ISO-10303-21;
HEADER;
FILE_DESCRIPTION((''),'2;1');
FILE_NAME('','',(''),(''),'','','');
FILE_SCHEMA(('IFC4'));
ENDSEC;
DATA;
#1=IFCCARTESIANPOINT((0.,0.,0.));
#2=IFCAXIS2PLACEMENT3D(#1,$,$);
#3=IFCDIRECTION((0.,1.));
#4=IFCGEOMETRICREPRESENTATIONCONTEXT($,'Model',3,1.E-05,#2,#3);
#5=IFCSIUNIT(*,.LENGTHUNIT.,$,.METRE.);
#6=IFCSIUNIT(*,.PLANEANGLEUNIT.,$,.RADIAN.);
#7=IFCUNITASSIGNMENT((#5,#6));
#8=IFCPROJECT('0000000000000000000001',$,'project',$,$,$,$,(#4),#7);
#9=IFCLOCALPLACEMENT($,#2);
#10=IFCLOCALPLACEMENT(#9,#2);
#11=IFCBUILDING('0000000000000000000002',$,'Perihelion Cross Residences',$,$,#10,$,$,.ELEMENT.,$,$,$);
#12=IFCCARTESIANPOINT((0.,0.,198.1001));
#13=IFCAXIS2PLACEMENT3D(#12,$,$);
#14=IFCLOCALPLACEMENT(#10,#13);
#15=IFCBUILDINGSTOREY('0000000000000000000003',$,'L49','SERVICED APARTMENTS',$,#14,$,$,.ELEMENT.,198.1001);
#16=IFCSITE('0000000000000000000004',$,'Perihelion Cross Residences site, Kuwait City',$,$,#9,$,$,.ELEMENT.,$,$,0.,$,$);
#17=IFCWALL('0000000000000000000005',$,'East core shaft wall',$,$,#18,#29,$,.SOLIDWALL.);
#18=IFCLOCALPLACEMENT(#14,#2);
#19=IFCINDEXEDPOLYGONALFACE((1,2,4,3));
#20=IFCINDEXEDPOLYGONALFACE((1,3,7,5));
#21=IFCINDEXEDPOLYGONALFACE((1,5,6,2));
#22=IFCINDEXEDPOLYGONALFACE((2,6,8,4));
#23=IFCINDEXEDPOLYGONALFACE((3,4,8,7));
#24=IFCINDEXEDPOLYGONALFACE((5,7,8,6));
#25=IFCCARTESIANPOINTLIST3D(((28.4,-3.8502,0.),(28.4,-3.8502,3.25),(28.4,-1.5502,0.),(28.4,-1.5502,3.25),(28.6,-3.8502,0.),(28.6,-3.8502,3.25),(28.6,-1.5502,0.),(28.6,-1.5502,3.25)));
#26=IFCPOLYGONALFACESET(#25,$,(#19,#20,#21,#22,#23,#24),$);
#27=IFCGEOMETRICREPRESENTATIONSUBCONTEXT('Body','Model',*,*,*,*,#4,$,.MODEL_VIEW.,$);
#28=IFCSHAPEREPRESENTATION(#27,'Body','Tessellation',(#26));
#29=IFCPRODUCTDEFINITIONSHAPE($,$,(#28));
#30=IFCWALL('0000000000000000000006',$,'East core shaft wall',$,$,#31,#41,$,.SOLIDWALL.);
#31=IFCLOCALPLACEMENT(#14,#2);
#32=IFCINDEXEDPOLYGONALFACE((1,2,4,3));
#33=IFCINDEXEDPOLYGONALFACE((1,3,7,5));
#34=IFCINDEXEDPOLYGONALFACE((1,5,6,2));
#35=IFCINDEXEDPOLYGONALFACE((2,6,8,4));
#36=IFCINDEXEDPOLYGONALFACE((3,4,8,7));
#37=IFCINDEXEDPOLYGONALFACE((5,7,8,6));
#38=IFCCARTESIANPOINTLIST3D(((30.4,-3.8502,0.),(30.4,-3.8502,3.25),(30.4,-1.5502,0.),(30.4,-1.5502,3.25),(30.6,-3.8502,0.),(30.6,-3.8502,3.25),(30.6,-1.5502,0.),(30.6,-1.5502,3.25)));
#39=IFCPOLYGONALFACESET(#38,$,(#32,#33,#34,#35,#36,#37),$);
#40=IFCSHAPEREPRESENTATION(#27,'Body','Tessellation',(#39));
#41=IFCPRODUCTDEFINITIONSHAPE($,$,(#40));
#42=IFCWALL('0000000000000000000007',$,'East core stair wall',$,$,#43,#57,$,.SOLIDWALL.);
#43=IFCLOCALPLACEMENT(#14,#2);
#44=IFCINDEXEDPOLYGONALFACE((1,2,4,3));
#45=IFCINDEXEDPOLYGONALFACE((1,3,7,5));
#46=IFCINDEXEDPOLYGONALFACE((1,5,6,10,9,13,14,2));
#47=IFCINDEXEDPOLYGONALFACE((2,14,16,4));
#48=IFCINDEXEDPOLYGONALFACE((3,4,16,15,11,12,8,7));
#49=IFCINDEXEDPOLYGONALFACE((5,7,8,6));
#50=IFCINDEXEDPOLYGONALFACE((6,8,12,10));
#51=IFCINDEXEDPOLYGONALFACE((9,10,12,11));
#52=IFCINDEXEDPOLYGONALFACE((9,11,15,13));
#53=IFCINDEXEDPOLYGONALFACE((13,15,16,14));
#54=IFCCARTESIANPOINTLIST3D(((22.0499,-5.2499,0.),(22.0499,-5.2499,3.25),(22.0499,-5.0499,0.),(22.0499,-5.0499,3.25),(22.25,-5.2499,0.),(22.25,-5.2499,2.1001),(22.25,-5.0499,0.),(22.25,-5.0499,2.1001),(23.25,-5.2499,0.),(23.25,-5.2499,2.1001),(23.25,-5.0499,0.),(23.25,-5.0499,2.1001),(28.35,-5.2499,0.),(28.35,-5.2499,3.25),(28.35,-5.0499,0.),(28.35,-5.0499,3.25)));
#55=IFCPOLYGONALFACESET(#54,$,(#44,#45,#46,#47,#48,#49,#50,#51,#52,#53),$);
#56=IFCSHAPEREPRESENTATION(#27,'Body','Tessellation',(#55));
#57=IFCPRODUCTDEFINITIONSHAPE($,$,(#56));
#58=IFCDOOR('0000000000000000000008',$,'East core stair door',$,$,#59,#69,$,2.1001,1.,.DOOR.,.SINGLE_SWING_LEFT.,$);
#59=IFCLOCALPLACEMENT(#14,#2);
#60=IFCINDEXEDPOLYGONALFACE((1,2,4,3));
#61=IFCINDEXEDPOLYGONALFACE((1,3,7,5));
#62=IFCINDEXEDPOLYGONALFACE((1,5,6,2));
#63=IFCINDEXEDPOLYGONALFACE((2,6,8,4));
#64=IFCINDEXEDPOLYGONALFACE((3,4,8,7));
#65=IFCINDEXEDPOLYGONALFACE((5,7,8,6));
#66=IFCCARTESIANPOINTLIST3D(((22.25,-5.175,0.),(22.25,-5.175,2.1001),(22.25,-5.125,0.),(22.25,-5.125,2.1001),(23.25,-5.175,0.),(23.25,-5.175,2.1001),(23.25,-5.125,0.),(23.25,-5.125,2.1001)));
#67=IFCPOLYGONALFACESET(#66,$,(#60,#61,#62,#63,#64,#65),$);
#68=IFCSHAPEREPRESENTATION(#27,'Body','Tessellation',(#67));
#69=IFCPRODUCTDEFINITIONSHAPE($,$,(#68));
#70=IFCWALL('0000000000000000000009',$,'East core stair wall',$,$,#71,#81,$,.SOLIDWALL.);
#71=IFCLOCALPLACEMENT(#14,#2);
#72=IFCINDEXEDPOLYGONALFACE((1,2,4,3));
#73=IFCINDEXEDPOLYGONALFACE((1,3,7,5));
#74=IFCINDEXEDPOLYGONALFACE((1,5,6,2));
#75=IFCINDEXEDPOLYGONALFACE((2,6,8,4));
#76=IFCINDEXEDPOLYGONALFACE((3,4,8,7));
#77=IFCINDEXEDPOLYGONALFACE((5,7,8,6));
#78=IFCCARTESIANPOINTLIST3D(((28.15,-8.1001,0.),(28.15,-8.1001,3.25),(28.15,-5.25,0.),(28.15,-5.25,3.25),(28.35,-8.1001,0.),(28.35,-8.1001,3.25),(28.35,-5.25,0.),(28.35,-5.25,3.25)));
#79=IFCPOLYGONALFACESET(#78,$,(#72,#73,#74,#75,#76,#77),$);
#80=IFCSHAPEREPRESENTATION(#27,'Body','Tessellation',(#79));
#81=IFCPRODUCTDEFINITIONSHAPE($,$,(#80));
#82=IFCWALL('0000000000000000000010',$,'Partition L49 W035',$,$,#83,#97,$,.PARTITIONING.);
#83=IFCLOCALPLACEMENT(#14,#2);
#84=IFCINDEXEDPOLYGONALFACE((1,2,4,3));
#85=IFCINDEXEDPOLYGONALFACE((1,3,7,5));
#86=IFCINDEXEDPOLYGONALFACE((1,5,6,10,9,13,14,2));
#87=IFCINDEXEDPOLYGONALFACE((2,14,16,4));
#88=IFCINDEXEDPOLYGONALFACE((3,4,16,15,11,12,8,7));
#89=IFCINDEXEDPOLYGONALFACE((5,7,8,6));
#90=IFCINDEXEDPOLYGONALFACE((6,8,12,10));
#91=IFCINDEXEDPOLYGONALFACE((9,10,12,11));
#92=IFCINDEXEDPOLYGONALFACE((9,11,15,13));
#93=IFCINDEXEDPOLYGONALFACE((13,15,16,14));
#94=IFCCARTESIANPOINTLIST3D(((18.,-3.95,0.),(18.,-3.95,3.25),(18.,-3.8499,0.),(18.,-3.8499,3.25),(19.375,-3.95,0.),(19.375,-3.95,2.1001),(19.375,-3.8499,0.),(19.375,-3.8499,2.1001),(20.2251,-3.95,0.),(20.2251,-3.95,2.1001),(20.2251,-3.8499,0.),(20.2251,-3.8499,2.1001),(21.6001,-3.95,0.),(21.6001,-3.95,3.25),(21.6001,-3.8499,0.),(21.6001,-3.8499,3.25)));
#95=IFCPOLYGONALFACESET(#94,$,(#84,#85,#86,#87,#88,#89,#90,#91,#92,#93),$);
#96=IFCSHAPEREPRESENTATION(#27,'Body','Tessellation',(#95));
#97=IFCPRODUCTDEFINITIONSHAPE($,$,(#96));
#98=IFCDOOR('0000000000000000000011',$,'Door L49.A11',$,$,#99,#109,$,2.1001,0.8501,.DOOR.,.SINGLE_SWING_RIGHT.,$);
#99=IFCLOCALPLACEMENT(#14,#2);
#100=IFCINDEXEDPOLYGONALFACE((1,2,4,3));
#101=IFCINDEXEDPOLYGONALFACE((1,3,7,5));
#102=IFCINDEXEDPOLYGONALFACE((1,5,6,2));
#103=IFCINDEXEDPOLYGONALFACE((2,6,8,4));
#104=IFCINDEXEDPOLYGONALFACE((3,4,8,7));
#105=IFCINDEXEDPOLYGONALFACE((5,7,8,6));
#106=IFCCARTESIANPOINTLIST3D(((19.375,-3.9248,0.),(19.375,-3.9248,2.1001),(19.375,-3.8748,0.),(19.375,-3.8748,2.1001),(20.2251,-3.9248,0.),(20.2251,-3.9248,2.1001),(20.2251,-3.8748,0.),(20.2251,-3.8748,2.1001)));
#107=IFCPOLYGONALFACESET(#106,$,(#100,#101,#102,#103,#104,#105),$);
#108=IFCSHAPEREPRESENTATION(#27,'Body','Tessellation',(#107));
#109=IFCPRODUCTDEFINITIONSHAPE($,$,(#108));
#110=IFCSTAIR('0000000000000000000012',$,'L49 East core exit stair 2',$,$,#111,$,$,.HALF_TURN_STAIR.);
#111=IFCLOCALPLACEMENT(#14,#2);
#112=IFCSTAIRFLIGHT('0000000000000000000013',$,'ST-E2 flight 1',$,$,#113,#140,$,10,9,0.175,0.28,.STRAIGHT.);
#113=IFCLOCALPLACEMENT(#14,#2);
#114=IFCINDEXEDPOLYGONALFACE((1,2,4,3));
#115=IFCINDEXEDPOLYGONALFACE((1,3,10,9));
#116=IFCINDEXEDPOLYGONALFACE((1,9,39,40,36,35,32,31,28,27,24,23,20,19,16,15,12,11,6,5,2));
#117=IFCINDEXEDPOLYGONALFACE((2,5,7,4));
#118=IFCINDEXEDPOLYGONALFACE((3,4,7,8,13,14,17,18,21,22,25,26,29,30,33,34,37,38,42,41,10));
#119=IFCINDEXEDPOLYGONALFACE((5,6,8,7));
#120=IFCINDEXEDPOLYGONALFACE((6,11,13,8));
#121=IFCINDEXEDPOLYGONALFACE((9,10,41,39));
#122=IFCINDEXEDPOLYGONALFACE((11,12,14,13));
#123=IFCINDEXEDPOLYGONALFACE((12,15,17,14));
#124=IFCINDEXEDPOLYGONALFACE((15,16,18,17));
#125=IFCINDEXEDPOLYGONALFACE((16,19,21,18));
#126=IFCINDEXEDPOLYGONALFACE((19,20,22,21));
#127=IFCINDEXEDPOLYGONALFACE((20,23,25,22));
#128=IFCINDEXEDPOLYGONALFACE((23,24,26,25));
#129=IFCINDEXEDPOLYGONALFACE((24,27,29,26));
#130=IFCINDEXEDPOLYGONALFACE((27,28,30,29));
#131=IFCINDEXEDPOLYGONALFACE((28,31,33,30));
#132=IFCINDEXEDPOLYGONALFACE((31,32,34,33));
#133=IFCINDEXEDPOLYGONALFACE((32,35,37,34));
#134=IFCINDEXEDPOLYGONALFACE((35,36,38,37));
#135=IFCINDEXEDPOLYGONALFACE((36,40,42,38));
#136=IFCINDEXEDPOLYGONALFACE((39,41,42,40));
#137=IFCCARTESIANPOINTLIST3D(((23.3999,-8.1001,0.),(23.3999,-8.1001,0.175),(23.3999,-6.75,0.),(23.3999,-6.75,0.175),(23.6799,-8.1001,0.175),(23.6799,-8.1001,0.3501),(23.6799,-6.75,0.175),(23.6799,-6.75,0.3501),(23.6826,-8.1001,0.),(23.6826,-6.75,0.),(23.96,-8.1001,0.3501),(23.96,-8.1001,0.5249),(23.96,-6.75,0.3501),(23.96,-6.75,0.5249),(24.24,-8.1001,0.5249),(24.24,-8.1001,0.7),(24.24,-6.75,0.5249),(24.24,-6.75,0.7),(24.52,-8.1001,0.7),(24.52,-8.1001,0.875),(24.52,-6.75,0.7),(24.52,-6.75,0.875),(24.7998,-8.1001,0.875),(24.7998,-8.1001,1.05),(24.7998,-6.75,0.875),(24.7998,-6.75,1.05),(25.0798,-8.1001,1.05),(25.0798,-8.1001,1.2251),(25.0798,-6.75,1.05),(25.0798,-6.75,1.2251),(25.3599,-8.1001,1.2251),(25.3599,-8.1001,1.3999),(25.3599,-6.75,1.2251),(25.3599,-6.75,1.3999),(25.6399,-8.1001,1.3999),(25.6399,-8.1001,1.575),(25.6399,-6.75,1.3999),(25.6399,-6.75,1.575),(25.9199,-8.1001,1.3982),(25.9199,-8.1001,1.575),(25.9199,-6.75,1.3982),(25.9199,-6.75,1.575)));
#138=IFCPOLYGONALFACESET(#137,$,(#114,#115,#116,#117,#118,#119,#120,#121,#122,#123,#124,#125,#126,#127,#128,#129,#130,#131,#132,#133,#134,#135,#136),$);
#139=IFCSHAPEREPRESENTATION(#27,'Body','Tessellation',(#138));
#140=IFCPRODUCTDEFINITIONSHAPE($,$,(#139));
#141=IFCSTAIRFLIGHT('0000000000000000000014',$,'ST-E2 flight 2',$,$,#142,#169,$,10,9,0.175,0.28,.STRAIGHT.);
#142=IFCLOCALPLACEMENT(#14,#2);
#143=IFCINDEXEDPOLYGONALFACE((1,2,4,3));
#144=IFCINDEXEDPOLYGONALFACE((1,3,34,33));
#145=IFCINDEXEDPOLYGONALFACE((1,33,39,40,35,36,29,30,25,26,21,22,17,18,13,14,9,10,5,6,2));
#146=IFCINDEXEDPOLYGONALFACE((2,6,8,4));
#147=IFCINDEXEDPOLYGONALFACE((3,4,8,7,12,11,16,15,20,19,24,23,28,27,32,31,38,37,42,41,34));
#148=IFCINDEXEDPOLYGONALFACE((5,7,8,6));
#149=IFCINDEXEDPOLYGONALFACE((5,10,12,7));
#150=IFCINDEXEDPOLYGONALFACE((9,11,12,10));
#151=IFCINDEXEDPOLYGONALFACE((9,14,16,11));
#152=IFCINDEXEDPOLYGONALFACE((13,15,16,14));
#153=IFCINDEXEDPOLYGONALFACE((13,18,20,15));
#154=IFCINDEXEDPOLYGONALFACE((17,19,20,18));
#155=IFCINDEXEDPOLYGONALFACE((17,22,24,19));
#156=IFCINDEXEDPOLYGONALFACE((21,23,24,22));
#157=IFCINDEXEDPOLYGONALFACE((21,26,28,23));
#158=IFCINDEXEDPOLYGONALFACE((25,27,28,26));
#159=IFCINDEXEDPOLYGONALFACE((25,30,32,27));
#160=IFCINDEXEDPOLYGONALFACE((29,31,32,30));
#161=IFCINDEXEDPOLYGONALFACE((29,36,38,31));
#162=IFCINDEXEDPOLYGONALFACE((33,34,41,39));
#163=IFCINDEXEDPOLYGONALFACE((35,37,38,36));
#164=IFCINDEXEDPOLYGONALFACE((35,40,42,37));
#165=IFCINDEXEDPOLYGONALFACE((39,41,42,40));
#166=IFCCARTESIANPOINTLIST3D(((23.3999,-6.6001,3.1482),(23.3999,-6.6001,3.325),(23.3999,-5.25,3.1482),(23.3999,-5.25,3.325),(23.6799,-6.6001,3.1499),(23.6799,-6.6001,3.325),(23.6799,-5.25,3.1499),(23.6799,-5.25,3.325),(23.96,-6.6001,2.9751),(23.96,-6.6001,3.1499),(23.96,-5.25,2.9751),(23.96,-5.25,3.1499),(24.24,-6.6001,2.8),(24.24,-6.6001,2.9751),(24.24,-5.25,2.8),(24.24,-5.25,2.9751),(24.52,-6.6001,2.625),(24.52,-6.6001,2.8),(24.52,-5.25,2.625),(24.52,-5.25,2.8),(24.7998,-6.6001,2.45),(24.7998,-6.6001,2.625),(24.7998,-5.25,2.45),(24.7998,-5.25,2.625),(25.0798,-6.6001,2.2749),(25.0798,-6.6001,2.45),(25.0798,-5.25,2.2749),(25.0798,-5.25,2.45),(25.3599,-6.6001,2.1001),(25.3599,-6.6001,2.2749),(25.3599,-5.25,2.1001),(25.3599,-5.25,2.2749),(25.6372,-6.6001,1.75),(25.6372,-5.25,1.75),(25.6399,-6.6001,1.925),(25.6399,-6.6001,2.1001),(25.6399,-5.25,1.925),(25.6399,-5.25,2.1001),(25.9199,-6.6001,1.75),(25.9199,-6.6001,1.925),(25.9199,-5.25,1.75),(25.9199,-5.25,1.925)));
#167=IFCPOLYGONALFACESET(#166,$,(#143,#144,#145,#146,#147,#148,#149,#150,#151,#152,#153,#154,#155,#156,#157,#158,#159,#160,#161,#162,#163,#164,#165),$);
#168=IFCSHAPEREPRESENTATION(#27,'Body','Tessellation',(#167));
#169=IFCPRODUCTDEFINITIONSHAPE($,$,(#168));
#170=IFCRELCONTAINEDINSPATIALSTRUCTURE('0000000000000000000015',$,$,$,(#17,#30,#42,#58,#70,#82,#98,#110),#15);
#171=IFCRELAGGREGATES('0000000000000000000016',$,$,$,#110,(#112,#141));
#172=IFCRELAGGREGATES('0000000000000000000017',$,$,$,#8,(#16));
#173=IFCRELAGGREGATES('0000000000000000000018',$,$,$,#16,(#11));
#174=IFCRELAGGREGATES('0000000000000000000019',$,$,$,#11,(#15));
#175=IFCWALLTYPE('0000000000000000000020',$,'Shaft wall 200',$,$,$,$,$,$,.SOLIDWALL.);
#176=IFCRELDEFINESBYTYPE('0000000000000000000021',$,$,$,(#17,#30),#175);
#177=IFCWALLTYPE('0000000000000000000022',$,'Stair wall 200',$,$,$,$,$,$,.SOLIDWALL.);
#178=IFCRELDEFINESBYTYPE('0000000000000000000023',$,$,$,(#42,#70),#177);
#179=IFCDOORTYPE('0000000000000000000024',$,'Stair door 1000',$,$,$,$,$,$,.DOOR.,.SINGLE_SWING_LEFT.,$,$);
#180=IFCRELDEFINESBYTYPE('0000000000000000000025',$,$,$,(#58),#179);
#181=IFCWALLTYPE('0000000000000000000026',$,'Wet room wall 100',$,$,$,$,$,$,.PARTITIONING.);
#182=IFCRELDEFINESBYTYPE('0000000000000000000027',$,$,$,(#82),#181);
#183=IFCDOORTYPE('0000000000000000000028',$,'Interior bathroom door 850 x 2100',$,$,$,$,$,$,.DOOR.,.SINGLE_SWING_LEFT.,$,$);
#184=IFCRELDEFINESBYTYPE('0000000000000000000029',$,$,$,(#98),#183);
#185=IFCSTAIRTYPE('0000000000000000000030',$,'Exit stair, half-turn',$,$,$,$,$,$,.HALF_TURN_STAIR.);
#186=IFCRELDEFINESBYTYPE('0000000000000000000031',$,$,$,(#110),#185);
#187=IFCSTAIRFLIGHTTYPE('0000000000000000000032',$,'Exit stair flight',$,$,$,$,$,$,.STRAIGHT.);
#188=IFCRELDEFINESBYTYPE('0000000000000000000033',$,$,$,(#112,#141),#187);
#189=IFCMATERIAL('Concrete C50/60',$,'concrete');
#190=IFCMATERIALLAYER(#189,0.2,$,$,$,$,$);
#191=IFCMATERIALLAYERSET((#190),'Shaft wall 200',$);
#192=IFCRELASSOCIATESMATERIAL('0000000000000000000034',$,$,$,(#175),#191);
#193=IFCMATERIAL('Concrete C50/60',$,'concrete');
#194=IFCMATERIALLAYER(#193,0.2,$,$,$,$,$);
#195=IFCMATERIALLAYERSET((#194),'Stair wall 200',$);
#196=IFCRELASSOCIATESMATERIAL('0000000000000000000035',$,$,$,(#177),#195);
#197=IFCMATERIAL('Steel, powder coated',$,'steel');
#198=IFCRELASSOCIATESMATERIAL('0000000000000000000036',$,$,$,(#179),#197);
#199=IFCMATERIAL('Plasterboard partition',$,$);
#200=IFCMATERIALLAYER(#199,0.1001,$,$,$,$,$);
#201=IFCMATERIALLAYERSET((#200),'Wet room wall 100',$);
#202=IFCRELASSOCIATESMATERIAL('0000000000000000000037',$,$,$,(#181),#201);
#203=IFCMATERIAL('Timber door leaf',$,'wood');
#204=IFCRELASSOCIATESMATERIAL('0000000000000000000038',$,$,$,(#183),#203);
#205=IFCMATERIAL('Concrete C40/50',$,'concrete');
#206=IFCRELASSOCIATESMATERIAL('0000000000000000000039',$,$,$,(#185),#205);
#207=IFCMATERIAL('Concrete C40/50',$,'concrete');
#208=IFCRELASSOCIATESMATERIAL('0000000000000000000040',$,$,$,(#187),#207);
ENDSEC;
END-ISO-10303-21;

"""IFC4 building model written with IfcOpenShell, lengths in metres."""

from ifc_helpers import new_model, si_unit, direction, frame, frame_2d, origin, place, context, subcontext, project, spatial, polyline, rectangle, outline, extrude, material, layer, layer_set, type_object, element, fill, aggregate, save


model = new_model("IFC4")

# Units and contexts
model_context = context("Model", 3, precision=1e-05, world=origin(), true_north=direction((0.0, 1.0)))
body_context = subcontext(model_context, "Body", "Model", "MODEL_VIEW")
ifc_project = project(units=[si_unit("LENGTHUNIT", "METRE"), si_unit("PLANEANGLEUNIT", "RADIAN")], contexts=[model_context])

# Site, building, storey
site_placement = place(None, origin())
site = spatial("IfcSite", under=ifc_project, at=site_placement, Name="Perihelion Cross Residences site, Kuwait City", CompositionType="ELEMENT", RefElevation=0.0)
building_placement = place(site_placement, origin())
building = spatial("IfcBuilding", under=site, at=building_placement, Name="Perihelion Cross Residences", CompositionType="ELEMENT")
storey_placement = place(building_placement, frame((0.0, 0.0, 198.1001)))
storey = spatial("IfcBuildingStorey", under=building, at=storey_placement, Name="L49", Description="SERVICED APARTMENTS", CompositionType="ELEMENT", Elevation=198.1001)

# Walls
ifc_material_1 = material(Name="Concrete C50/60", Category="concrete")
ifc_layer_1 = layer(ifc_material_1, 0.2)
ifc_layer_set_1 = layer_set([ifc_layer_1], Name="Shaft wall 200")
wall_type_1 = type_object("IfcWallType", Name="Shaft wall 200", PredefinedType="SOLIDWALL", material=ifc_layer_set_1)
for number, where, z_axis, x_axis, name in (
    (1, (28.5, -3.8501, 0.0), (0.0, 0.0, 1.0), (0.0, 1.0, 0.0), "East core shaft wall"),
    (2, (30.5, -3.8501, 0.0), (0.0, 0.0, 1.0), (0.0, 1.0, 0.0), "East core shaft wall"),
):
    element("IfcWall", number, at=place(storey_placement, frame(where, z_axis=z_axis, x_axis=x_axis)), inside=storey, type_object=wall_type_1, Name=name, PredefinedType="SOLIDWALL", context=body_context, shape_type="SweptSolid", body=[
        extrude(rectangle(XDim=2.3, YDim=0.2, at=frame_2d((1.1499, 0.0))), origin(), (0.0, 0.0, 1.0), 3.25),
    ])

# Wall, opening, door
ifc_material_2 = material(Name="Concrete C50/60", Category="concrete")
ifc_layer_2 = layer(ifc_material_2, 0.2)
ifc_layer_set_2 = layer_set([ifc_layer_2], Name="Stair wall 200")
wall_type_2 = type_object("IfcWallType", Name="Stair wall 200", PredefinedType="SOLIDWALL", material=ifc_layer_set_2)
wall_1_placement = place(storey_placement, frame((22.05, -5.1499, 0.0), z_axis=(0.0, 0.0, 1.0), x_axis=(1.0, 0.0, 0.0)))
wall_1 = element("IfcWall", 3, at=wall_1_placement, inside=storey, type_object=wall_type_2, Name="East core stair wall", PredefinedType="SOLIDWALL", context=body_context, shape_type="SweptSolid", body=[
    extrude(rectangle(XDim=6.3, YDim=0.2, at=frame_2d((3.1499, 0.0))), origin(), (0.0, 0.0, 1.0), 3.25),
])
opening_1_placement = place(wall_1_placement, frame((0.2, 0.0, 0.0)))
opening_1 = element("IfcOpeningElement", 4, at=opening_1_placement, cuts=wall_1, PredefinedType="OPENING", context=body_context, shape_type="SweptSolid", body=[
    extrude(rectangle(XDim=1.0, YDim=2.1001, at=frame_2d((0.5, 1.05))), frame((0.0, 0.1099, 0.0), z_axis=(0.0, -1.0, 0.0), x_axis=(1.0, 0.0, 0.0)), (0.0, 0.0, 1.0), 0.22),
])
ifc_material_3 = material(Name="Steel, powder coated", Category="steel")
door_type_1 = type_object("IfcDoorType", Name="Stair door 1000", OperationType="SINGLE_SWING_LEFT", PredefinedType="DOOR", material=ifc_material_3)
door_1_placement = place(opening_1_placement, origin())
door_1 = element("IfcDoor", 5, at=door_1_placement, inside=storey, type_object=door_type_1, Name="East core stair door", OperationType="SINGLE_SWING_LEFT", OverallHeight=2.1001, OverallWidth=1.0, PredefinedType="DOOR", context=body_context, shape_type="SweptSolid", body=[
    extrude(rectangle(XDim=1.0, YDim=2.1001, at=frame_2d((0.5, 1.05))), frame((0.0, 0.0249, 0.0), z_axis=(0.0, -1.0, 0.0), x_axis=(1.0, 0.0, 0.0)), (0.0, 0.0, 1.0), 0.05),
])
fill(opening_1, door_1)

# Wall
wall_2_placement = place(storey_placement, frame((28.25, -8.1001, 0.0), z_axis=(0.0, 0.0, 1.0), x_axis=(0.0, 1.0, 0.0)))
element("IfcWall", 6, at=wall_2_placement, inside=storey, type_object=wall_type_2, Name="East core stair wall", PredefinedType="SOLIDWALL", context=body_context, shape_type="SweptSolid", body=[
    extrude(rectangle(XDim=2.8501, YDim=0.2, at=frame_2d((1.425, 0.0))), origin(), (0.0, 0.0, 1.0), 3.25),
])

# Wall, opening, door
ifc_material_4 = material(Name="Plasterboard partition")
ifc_layer_3 = layer(ifc_material_4, 0.1001)
ifc_layer_set_3 = layer_set([ifc_layer_3], Name="Wet room wall 100")
wall_type_3 = type_object("IfcWallType", Name="Wet room wall 100", PredefinedType="PARTITIONING", material=ifc_layer_set_3)
wall_3_placement = place(storey_placement, frame((21.6001, -3.8999, 0.0), z_axis=(0.0, 0.0, 1.0), x_axis=(-1.0, 0.0, 0.0)))
wall_3 = element("IfcWall", 7, at=wall_3_placement, inside=storey, type_object=wall_type_3, Name="Partition L49 W035", PredefinedType="PARTITIONING", context=body_context, shape_type="SweptSolid", body=[
    extrude(rectangle(XDim=3.6001, YDim=0.1001, at=frame_2d((1.8, 0.0))), origin(), (0.0, 0.0, 1.0), 3.25),
])
opening_2_placement = place(wall_3_placement, frame((1.375, 0.0, 0.0)))
opening_2 = element("IfcOpeningElement", 8, at=opening_2_placement, cuts=wall_3, PredefinedType="OPENING", context=body_context, shape_type="SweptSolid", body=[
    extrude(rectangle(XDim=0.8501, YDim=2.1001, at=frame_2d((0.425, 1.05))), frame((0.0, 0.0601, 0.0), z_axis=(0.0, -1.0, 0.0), x_axis=(1.0, 0.0, 0.0)), (0.0, 0.0, 1.0), 0.1201),
])
ifc_material_5 = material(Name="Timber door leaf", Category="wood")
door_type_2 = type_object("IfcDoorType", Name="Interior bathroom door 850 x 2100", OperationType="SINGLE_SWING_LEFT", PredefinedType="DOOR", material=ifc_material_5)
door_2_placement = place(opening_2_placement, origin())
door_2 = element("IfcDoor", 9, at=door_2_placement, inside=storey, type_object=door_type_2, Name="Door L49.A11", OperationType="SINGLE_SWING_RIGHT", OverallHeight=2.1001, OverallWidth=0.8501, PredefinedType="DOOR", context=body_context, shape_type="SweptSolid", body=[
    extrude(rectangle(XDim=0.8501, YDim=2.1001, at=frame_2d((0.425, 1.05))), frame((0.0, 0.0249, 0.0), z_axis=(0.0, -1.0, 0.0), x_axis=(1.0, 0.0, 0.0)), (0.0, 0.0, 1.0), 0.05),
])
fill(opening_2, door_2)

# Stair, stair flights
ifc_material_6 = material(Name="Concrete C40/50", Category="concrete")
stair_type = type_object("IfcStairType", Name="Exit stair, half-turn", PredefinedType="HALF_TURN_STAIR", material=ifc_material_6)
stair_placement = place(storey_placement, origin())
stair = element("IfcStair", 10, at=stair_placement, inside=storey, type_object=stair_type, Name="L49 East core exit stair 2", PredefinedType="HALF_TURN_STAIR")
ifc_material_7 = material(Name="Concrete C40/50", Category="concrete")
stair_flight_type = type_object("IfcStairFlightType", Name="Exit stair flight", PredefinedType="STRAIGHT", material=ifc_material_7)
stair_flight_1_placement = place(storey_placement, frame((23.3999, -7.425, 0.0), z_axis=(0.0, 0.0, 1.0), x_axis=(1.0, 0.0, 0.0)))
stair_flight_1 = element("IfcStairFlight", 11, at=stair_flight_1_placement, type_object=stair_flight_type, Name="ST-E2 flight 1", NumberOfRisers=10, NumberOfTreads=9, PredefinedType="STRAIGHT", RiserHeight=0.175, TreadLength=0.28, context=body_context, shape_type="SweptSolid", body=[
    extrude(outline(polyline([(0.0, 0.0), (0.0, 0.175), (0.28, 0.175), (0.28, 0.3501), (0.5601, 0.3501), (0.5601, 0.5249), (0.8401, 0.5249), (0.8401, 0.7), (1.1201, 0.7), (1.1201, 0.875), (1.3999, 0.875), (1.3999, 1.05), (1.6799, 1.05), (1.6799, 1.2251), (1.96, 1.2251), (1.96, 1.3999), (2.24, 1.3999), (2.24, 1.575), (2.52, 1.575), (2.52, 1.75), (2.52, 1.3982), (0.2827, 0.0), (0.0, 0.0)])), frame((0.0, 0.675, 0.0), z_axis=(0.0, -1.0, 0.0), x_axis=(1.0, 0.0, 0.0)), (0.0, 0.0, 1.0), 1.3501),
])
stair_flight_2_placement = place(storey_placement, frame((25.9199, -5.925, 1.75), z_axis=(0.0, 0.0, 1.0), x_axis=(-1.0, 0.0, 0.0)))
stair_flight_2 = element("IfcStairFlight", 12, at=stair_flight_2_placement, type_object=stair_flight_type, Name="ST-E2 flight 2", NumberOfRisers=10, NumberOfTreads=9, PredefinedType="STRAIGHT", RiserHeight=0.175, TreadLength=0.28, context=body_context, shape_type="SweptSolid", body=[
    extrude(outline(polyline([(0.0, 0.0), (0.0, 0.175), (0.28, 0.175), (0.28, 0.3501), (0.5601, 0.3501), (0.5601, 0.5249), (0.8401, 0.5249), (0.8401, 0.7), (1.1201, 0.7), (1.1201, 0.875), (1.3999, 0.875), (1.3999, 1.05), (1.6799, 1.05), (1.6799, 1.2251), (1.96, 1.2251), (1.96, 1.3999), (2.24, 1.3999), (2.24, 1.575), (2.52, 1.575), (2.52, 1.75), (2.52, 1.3982), (0.2827, 0.0), (0.0, 0.0)])), frame((0.0, 0.675, 0.0), z_axis=(0.0, -1.0, 0.0), x_axis=(1.0, 0.0, 0.0)), (0.0, 0.0, 1.0), 1.3501),
])
aggregate(stair, [stair_flight_1, stair_flight_2])

save(model, "model.ifc")
